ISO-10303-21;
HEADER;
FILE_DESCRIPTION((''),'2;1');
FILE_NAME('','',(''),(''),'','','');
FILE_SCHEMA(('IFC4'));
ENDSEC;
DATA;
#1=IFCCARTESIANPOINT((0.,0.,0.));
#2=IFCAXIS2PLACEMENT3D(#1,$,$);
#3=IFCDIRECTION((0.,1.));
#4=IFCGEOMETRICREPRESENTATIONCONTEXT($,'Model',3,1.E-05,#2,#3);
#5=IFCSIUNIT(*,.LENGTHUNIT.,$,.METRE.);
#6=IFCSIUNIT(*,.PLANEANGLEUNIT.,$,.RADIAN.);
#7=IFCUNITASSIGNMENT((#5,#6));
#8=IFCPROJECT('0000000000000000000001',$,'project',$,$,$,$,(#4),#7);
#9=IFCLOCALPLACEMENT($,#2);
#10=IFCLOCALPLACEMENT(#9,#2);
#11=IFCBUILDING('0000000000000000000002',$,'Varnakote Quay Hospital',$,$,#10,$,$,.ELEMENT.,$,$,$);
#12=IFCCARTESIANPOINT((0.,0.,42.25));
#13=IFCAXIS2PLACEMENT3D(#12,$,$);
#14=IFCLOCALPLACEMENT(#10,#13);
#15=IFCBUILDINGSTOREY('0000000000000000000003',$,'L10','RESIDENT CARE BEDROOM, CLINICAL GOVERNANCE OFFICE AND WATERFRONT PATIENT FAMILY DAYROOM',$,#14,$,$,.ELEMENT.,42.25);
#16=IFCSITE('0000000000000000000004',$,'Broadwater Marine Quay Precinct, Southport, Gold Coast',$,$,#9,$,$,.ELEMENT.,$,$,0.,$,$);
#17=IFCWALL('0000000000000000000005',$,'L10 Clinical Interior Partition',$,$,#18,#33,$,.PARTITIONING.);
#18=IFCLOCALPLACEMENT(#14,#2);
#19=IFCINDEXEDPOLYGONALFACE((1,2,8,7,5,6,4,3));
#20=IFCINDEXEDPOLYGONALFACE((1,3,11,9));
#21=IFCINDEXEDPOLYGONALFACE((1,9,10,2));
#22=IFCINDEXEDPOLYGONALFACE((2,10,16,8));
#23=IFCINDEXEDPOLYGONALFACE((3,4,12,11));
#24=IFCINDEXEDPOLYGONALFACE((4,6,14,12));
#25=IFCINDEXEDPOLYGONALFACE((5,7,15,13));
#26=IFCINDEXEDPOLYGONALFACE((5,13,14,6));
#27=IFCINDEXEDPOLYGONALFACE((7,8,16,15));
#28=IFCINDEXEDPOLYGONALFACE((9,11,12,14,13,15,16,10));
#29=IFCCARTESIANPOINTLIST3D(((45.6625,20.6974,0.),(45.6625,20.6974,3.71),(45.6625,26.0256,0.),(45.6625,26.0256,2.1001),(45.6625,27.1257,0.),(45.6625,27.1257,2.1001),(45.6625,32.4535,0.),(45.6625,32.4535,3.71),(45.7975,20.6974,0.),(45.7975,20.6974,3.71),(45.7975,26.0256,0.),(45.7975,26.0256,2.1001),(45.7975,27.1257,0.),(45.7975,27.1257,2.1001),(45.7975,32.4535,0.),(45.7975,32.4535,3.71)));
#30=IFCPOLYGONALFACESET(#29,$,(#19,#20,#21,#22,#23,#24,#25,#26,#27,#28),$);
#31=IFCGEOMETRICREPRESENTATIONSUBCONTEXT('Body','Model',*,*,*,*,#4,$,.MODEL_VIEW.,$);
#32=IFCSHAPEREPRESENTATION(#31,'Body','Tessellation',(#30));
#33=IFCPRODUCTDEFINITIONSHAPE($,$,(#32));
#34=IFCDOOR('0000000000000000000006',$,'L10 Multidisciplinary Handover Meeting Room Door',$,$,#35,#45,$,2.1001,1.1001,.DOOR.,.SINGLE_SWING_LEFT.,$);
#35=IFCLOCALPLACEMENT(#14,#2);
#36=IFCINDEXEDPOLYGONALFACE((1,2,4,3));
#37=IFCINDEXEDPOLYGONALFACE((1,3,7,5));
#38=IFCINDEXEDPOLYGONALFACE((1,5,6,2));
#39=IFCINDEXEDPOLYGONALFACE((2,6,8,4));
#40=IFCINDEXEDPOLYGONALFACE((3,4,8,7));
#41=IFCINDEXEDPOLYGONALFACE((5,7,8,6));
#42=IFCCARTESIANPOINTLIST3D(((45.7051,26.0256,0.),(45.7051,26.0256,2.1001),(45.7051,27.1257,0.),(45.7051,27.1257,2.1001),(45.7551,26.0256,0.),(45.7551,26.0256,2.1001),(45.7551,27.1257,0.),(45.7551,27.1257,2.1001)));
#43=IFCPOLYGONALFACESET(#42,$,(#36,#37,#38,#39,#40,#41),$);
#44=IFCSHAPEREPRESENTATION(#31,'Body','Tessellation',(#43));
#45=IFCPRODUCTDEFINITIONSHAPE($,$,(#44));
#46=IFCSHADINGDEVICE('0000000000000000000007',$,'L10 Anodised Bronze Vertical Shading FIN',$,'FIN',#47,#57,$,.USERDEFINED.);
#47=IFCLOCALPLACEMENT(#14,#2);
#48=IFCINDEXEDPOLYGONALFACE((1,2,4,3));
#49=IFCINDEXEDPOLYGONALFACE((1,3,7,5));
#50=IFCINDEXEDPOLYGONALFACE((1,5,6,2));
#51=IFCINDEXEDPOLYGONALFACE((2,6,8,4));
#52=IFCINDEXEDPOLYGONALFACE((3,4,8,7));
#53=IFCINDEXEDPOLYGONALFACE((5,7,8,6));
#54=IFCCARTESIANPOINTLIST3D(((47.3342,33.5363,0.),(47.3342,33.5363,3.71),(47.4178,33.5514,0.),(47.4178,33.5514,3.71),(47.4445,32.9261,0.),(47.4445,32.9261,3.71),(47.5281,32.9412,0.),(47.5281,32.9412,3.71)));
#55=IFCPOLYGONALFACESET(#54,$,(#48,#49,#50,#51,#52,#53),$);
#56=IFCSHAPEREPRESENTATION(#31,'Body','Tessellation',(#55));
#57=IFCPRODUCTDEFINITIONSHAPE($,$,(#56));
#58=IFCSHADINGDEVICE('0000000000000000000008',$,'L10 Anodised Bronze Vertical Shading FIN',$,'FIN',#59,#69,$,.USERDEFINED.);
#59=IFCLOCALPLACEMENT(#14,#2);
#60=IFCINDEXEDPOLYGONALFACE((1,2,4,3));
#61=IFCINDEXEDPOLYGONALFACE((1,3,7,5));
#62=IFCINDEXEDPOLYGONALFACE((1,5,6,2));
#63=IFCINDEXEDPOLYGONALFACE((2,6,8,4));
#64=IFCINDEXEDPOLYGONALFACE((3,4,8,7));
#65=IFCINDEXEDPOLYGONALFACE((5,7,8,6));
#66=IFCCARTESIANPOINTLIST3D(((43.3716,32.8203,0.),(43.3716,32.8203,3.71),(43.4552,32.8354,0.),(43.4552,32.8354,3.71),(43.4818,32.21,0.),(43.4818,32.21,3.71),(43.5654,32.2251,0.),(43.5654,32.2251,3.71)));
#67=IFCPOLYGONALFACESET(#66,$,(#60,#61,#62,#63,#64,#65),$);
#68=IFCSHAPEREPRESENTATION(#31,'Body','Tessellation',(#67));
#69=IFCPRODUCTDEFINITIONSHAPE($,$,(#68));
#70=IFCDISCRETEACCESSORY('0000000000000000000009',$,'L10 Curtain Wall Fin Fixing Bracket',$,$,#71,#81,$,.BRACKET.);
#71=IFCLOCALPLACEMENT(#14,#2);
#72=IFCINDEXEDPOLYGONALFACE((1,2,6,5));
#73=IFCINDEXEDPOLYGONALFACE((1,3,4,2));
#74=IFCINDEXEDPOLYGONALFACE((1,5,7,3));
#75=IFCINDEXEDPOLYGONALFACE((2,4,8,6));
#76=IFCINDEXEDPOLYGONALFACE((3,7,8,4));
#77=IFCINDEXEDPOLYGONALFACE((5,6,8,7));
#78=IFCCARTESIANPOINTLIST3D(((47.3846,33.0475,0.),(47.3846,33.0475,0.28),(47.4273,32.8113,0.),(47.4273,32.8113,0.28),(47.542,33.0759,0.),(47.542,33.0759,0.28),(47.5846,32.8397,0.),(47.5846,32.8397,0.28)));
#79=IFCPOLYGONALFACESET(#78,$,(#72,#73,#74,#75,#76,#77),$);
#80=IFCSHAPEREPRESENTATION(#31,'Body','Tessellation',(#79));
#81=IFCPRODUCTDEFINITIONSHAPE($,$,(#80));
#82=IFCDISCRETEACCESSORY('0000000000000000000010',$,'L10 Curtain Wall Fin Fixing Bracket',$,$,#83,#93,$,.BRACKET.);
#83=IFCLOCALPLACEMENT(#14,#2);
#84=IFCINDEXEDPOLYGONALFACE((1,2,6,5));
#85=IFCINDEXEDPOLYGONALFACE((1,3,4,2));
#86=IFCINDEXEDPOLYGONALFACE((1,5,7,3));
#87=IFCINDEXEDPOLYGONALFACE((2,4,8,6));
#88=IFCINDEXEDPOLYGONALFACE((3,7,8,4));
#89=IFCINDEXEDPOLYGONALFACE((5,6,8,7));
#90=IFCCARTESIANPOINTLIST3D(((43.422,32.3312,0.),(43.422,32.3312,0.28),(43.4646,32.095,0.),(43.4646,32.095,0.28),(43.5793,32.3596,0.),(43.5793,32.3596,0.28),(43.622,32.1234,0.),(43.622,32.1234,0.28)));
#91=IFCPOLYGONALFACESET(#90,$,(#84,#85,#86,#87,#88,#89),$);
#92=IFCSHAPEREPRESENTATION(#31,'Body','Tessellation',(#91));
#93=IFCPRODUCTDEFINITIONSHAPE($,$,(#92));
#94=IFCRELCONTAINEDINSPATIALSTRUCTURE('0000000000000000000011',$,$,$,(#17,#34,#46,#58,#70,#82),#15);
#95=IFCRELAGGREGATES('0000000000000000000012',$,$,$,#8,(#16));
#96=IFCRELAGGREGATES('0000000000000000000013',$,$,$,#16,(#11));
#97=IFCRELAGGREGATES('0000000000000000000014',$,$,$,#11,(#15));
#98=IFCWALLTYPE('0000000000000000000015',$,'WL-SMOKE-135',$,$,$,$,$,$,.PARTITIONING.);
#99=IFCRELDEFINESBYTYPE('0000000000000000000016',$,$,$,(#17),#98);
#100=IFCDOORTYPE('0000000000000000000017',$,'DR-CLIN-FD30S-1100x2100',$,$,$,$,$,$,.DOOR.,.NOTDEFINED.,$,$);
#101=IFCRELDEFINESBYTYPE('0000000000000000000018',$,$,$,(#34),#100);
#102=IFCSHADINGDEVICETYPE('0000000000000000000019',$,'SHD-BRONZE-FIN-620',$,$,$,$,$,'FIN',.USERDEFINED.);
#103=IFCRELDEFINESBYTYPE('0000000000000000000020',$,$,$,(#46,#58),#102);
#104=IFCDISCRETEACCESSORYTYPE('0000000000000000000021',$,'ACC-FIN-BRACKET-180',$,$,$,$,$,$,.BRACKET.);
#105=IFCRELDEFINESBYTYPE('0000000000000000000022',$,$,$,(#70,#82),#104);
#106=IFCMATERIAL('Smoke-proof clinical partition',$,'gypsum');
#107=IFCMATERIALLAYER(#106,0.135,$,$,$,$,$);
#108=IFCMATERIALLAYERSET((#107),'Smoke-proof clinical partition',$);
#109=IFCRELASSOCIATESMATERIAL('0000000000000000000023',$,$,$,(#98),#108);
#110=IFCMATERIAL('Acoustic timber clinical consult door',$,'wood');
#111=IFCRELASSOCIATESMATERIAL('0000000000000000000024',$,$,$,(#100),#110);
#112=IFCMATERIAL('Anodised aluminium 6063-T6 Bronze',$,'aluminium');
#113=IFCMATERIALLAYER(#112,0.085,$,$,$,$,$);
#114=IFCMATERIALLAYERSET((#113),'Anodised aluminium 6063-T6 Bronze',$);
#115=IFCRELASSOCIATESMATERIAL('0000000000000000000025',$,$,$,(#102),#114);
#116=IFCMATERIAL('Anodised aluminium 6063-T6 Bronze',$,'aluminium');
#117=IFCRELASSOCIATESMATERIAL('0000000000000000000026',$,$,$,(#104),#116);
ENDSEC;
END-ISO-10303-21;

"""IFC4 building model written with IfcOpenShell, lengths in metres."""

from ifc_helpers import new_model, si_unit, direction, frame, frame_2d, origin, origin_2d, place, context, subcontext, project, spatial, rectangle, extrude, material, layer, layer_set, type_object, element, fill, save


model = new_model("IFC4")

# Units and contexts
model_context = context("Model", 3, precision=1e-05, world=origin(), true_north=direction((0.0, 1.0)))
body_context = subcontext(model_context, "Body", "Model", "MODEL_VIEW")
ifc_project = project(units=[si_unit("LENGTHUNIT", "METRE"), si_unit("PLANEANGLEUNIT", "RADIAN")], contexts=[model_context])

# Site, building, storey
site_placement = place(None, origin())
site = spatial("IfcSite", under=ifc_project, at=site_placement, Name="Broadwater Marine Quay Precinct, Southport, Gold Coast", CompositionType="ELEMENT", RefElevation=0.0)
building_placement = place(site_placement, origin())
building = spatial("IfcBuilding", under=site, at=building_placement, Name="Varnakote Quay Hospital", CompositionType="ELEMENT")
storey_placement = place(building_placement, frame((0.0, 0.0, 42.25)))
storey = spatial("IfcBuildingStorey", under=building, at=storey_placement, Name="L10", Description="RESIDENT CARE BEDROOM, CLINICAL GOVERNANCE OFFICE AND WATERFRONT PATIENT FAMILY DAYROOM", CompositionType="ELEMENT", Elevation=42.25)

# Shared definitions
ifc_material_1 = material(Name="Smoke-proof clinical partition", Category="gypsum")
ifc_layer_1 = layer(ifc_material_1, 0.135)
ifc_layer_set_1 = layer_set([ifc_layer_1], Name="Smoke-proof clinical partition")
wall_type_1 = type_object("IfcWallType", Name="WL-SMOKE-135", PredefinedType="PARTITIONING", material=ifc_layer_set_1)

# Wall, opening, door
wall_1_placement = place(storey_placement, frame((45.73, 20.6975, 0.0), z_axis=(0.0, 0.0, 1.0), x_axis=(0.0, 1.0, 0.0)))
wall_1 = element("IfcWall", 1, at=wall_1_placement, inside=storey, type_object=wall_type_1, Name="L10 Clinical Interior Partition", PredefinedType="PARTITIONING", context=body_context, shape_type="SweptSolid", body=[
    extrude(rectangle(XDim=11.7561, YDim=0.135, at=frame_2d((5.8779, 0.0))), origin(), (0.0, 0.0, 1.0), 3.71),
])
opening_placement = place(wall_1_placement, frame((5.3281, 0.0, 0.0)))
opening = element("IfcOpeningElement", 2, at=opening_placement, cuts=wall_1, PredefinedType="OPENING", context=body_context, shape_type="SweptSolid", body=[
    extrude(rectangle(XDim=1.1001, YDim=2.1001, at=frame_2d((0.55, 1.05))), frame((0.0, 0.0774, 0.0), z_axis=(0.0, -1.0, 0.0), x_axis=(1.0, 0.0, 0.0)), (0.0, 0.0, 1.0), 0.155),
])
ifc_material_2 = material(Name="Acoustic timber clinical consult door", Category="wood")
door_type = type_object("IfcDoorType", Name="DR-CLIN-FD30S-1100x2100", OperationType="NOTDEFINED", PredefinedType="DOOR", material=ifc_material_2)
door_placement = place(opening_placement, origin())
door = element("IfcDoor", 3, at=door_placement, inside=storey, type_object=door_type, Name="L10 Multidisciplinary Handover Meeting Room Door", OperationType="SINGLE_SWING_LEFT", OverallHeight=2.1001, OverallWidth=1.1001, PredefinedType="DOOR", context=body_context, shape_type="SweptSolid", body=[
    extrude(rectangle(XDim=1.1001, YDim=2.1001, at=frame_2d((0.55, 1.05))), frame((0.0, 0.0249, 0.0), z_axis=(0.0, -1.0, 0.0), x_axis=(1.0, 0.0, 0.0)), (0.0, 0.0, 1.0), 0.05),
])
fill(opening, door)

# Shading devices
ifc_material_3 = material(Name="Anodised aluminium 6063-T6 Bronze", Category="aluminium")
ifc_layer_2 = layer(ifc_material_3, 0.085)
ifc_layer_set_2 = layer_set([ifc_layer_2], Name="Anodised aluminium 6063-T6 Bronze")
shading_device_type = type_object("IfcShadingDeviceType", Name="SHD-BRONZE-FIN-620", ElementType="FIN", PredefinedType="USERDEFINED", material=ifc_layer_set_2)
for number, where, z_axis, x_axis, name in (
    (4, (47.4312, 33.2388, 0.0), (0.0, 0.0, 1.0), (0.177772, -0.984072, 0.0), "L10 Anodised Bronze Vertical Shading FIN"),
    (5, (43.4685, 32.5227, 0.0), (0.0, 0.0, 1.0), (0.177772, -0.984072, 0.0), "L10 Anodised Bronze Vertical Shading FIN"),
):
    element("IfcShadingDevice", number, at=place(storey_placement, frame(where, z_axis=z_axis, x_axis=x_axis)), inside=storey, type_object=shading_device_type, Name=name, ObjectType="FIN", PredefinedType="USERDEFINED", context=body_context, shape_type="SweptSolid", body=[
        extrude(rectangle(XDim=0.6201, YDim=0.085, at=origin_2d()), origin(), (0.0, 0.0, 1.0), 3.71),
    ])

# Discrete accessories
ifc_material_4 = material(Name="Anodised aluminium 6063-T6 Bronze", Category="aluminium")
discrete_accessory_type = type_object("IfcDiscreteAccessoryType", Name="ACC-FIN-BRACKET-180", PredefinedType="BRACKET", material=ifc_material_4)
for number, where, z_axis, x_axis, name in (
    (6, (47.4846, 32.9436, 0.0), (0.0, 0.0, 1.0), (-0.984072, -0.177772, 0.0), "L10 Curtain Wall Fin Fixing Bracket"),
    (7, (43.522, 32.2273, 0.0), (0.0, 0.0, 1.0), (-0.984072, -0.177772, 0.0), "L10 Curtain Wall Fin Fixing Bracket"),
):
    element("IfcDiscreteAccessory", number, at=place(storey_placement, frame(where, z_axis=z_axis, x_axis=x_axis)), inside=storey, type_object=discrete_accessory_type, Name=name, PredefinedType="BRACKET", context=body_context, shape_type="SweptSolid", body=[
        extrude(rectangle(XDim=0.1599, YDim=0.24, at=origin_2d()), origin(), (0.0, 0.0, 1.0), 0.28),
    ])

save(model, "model.ifc")
